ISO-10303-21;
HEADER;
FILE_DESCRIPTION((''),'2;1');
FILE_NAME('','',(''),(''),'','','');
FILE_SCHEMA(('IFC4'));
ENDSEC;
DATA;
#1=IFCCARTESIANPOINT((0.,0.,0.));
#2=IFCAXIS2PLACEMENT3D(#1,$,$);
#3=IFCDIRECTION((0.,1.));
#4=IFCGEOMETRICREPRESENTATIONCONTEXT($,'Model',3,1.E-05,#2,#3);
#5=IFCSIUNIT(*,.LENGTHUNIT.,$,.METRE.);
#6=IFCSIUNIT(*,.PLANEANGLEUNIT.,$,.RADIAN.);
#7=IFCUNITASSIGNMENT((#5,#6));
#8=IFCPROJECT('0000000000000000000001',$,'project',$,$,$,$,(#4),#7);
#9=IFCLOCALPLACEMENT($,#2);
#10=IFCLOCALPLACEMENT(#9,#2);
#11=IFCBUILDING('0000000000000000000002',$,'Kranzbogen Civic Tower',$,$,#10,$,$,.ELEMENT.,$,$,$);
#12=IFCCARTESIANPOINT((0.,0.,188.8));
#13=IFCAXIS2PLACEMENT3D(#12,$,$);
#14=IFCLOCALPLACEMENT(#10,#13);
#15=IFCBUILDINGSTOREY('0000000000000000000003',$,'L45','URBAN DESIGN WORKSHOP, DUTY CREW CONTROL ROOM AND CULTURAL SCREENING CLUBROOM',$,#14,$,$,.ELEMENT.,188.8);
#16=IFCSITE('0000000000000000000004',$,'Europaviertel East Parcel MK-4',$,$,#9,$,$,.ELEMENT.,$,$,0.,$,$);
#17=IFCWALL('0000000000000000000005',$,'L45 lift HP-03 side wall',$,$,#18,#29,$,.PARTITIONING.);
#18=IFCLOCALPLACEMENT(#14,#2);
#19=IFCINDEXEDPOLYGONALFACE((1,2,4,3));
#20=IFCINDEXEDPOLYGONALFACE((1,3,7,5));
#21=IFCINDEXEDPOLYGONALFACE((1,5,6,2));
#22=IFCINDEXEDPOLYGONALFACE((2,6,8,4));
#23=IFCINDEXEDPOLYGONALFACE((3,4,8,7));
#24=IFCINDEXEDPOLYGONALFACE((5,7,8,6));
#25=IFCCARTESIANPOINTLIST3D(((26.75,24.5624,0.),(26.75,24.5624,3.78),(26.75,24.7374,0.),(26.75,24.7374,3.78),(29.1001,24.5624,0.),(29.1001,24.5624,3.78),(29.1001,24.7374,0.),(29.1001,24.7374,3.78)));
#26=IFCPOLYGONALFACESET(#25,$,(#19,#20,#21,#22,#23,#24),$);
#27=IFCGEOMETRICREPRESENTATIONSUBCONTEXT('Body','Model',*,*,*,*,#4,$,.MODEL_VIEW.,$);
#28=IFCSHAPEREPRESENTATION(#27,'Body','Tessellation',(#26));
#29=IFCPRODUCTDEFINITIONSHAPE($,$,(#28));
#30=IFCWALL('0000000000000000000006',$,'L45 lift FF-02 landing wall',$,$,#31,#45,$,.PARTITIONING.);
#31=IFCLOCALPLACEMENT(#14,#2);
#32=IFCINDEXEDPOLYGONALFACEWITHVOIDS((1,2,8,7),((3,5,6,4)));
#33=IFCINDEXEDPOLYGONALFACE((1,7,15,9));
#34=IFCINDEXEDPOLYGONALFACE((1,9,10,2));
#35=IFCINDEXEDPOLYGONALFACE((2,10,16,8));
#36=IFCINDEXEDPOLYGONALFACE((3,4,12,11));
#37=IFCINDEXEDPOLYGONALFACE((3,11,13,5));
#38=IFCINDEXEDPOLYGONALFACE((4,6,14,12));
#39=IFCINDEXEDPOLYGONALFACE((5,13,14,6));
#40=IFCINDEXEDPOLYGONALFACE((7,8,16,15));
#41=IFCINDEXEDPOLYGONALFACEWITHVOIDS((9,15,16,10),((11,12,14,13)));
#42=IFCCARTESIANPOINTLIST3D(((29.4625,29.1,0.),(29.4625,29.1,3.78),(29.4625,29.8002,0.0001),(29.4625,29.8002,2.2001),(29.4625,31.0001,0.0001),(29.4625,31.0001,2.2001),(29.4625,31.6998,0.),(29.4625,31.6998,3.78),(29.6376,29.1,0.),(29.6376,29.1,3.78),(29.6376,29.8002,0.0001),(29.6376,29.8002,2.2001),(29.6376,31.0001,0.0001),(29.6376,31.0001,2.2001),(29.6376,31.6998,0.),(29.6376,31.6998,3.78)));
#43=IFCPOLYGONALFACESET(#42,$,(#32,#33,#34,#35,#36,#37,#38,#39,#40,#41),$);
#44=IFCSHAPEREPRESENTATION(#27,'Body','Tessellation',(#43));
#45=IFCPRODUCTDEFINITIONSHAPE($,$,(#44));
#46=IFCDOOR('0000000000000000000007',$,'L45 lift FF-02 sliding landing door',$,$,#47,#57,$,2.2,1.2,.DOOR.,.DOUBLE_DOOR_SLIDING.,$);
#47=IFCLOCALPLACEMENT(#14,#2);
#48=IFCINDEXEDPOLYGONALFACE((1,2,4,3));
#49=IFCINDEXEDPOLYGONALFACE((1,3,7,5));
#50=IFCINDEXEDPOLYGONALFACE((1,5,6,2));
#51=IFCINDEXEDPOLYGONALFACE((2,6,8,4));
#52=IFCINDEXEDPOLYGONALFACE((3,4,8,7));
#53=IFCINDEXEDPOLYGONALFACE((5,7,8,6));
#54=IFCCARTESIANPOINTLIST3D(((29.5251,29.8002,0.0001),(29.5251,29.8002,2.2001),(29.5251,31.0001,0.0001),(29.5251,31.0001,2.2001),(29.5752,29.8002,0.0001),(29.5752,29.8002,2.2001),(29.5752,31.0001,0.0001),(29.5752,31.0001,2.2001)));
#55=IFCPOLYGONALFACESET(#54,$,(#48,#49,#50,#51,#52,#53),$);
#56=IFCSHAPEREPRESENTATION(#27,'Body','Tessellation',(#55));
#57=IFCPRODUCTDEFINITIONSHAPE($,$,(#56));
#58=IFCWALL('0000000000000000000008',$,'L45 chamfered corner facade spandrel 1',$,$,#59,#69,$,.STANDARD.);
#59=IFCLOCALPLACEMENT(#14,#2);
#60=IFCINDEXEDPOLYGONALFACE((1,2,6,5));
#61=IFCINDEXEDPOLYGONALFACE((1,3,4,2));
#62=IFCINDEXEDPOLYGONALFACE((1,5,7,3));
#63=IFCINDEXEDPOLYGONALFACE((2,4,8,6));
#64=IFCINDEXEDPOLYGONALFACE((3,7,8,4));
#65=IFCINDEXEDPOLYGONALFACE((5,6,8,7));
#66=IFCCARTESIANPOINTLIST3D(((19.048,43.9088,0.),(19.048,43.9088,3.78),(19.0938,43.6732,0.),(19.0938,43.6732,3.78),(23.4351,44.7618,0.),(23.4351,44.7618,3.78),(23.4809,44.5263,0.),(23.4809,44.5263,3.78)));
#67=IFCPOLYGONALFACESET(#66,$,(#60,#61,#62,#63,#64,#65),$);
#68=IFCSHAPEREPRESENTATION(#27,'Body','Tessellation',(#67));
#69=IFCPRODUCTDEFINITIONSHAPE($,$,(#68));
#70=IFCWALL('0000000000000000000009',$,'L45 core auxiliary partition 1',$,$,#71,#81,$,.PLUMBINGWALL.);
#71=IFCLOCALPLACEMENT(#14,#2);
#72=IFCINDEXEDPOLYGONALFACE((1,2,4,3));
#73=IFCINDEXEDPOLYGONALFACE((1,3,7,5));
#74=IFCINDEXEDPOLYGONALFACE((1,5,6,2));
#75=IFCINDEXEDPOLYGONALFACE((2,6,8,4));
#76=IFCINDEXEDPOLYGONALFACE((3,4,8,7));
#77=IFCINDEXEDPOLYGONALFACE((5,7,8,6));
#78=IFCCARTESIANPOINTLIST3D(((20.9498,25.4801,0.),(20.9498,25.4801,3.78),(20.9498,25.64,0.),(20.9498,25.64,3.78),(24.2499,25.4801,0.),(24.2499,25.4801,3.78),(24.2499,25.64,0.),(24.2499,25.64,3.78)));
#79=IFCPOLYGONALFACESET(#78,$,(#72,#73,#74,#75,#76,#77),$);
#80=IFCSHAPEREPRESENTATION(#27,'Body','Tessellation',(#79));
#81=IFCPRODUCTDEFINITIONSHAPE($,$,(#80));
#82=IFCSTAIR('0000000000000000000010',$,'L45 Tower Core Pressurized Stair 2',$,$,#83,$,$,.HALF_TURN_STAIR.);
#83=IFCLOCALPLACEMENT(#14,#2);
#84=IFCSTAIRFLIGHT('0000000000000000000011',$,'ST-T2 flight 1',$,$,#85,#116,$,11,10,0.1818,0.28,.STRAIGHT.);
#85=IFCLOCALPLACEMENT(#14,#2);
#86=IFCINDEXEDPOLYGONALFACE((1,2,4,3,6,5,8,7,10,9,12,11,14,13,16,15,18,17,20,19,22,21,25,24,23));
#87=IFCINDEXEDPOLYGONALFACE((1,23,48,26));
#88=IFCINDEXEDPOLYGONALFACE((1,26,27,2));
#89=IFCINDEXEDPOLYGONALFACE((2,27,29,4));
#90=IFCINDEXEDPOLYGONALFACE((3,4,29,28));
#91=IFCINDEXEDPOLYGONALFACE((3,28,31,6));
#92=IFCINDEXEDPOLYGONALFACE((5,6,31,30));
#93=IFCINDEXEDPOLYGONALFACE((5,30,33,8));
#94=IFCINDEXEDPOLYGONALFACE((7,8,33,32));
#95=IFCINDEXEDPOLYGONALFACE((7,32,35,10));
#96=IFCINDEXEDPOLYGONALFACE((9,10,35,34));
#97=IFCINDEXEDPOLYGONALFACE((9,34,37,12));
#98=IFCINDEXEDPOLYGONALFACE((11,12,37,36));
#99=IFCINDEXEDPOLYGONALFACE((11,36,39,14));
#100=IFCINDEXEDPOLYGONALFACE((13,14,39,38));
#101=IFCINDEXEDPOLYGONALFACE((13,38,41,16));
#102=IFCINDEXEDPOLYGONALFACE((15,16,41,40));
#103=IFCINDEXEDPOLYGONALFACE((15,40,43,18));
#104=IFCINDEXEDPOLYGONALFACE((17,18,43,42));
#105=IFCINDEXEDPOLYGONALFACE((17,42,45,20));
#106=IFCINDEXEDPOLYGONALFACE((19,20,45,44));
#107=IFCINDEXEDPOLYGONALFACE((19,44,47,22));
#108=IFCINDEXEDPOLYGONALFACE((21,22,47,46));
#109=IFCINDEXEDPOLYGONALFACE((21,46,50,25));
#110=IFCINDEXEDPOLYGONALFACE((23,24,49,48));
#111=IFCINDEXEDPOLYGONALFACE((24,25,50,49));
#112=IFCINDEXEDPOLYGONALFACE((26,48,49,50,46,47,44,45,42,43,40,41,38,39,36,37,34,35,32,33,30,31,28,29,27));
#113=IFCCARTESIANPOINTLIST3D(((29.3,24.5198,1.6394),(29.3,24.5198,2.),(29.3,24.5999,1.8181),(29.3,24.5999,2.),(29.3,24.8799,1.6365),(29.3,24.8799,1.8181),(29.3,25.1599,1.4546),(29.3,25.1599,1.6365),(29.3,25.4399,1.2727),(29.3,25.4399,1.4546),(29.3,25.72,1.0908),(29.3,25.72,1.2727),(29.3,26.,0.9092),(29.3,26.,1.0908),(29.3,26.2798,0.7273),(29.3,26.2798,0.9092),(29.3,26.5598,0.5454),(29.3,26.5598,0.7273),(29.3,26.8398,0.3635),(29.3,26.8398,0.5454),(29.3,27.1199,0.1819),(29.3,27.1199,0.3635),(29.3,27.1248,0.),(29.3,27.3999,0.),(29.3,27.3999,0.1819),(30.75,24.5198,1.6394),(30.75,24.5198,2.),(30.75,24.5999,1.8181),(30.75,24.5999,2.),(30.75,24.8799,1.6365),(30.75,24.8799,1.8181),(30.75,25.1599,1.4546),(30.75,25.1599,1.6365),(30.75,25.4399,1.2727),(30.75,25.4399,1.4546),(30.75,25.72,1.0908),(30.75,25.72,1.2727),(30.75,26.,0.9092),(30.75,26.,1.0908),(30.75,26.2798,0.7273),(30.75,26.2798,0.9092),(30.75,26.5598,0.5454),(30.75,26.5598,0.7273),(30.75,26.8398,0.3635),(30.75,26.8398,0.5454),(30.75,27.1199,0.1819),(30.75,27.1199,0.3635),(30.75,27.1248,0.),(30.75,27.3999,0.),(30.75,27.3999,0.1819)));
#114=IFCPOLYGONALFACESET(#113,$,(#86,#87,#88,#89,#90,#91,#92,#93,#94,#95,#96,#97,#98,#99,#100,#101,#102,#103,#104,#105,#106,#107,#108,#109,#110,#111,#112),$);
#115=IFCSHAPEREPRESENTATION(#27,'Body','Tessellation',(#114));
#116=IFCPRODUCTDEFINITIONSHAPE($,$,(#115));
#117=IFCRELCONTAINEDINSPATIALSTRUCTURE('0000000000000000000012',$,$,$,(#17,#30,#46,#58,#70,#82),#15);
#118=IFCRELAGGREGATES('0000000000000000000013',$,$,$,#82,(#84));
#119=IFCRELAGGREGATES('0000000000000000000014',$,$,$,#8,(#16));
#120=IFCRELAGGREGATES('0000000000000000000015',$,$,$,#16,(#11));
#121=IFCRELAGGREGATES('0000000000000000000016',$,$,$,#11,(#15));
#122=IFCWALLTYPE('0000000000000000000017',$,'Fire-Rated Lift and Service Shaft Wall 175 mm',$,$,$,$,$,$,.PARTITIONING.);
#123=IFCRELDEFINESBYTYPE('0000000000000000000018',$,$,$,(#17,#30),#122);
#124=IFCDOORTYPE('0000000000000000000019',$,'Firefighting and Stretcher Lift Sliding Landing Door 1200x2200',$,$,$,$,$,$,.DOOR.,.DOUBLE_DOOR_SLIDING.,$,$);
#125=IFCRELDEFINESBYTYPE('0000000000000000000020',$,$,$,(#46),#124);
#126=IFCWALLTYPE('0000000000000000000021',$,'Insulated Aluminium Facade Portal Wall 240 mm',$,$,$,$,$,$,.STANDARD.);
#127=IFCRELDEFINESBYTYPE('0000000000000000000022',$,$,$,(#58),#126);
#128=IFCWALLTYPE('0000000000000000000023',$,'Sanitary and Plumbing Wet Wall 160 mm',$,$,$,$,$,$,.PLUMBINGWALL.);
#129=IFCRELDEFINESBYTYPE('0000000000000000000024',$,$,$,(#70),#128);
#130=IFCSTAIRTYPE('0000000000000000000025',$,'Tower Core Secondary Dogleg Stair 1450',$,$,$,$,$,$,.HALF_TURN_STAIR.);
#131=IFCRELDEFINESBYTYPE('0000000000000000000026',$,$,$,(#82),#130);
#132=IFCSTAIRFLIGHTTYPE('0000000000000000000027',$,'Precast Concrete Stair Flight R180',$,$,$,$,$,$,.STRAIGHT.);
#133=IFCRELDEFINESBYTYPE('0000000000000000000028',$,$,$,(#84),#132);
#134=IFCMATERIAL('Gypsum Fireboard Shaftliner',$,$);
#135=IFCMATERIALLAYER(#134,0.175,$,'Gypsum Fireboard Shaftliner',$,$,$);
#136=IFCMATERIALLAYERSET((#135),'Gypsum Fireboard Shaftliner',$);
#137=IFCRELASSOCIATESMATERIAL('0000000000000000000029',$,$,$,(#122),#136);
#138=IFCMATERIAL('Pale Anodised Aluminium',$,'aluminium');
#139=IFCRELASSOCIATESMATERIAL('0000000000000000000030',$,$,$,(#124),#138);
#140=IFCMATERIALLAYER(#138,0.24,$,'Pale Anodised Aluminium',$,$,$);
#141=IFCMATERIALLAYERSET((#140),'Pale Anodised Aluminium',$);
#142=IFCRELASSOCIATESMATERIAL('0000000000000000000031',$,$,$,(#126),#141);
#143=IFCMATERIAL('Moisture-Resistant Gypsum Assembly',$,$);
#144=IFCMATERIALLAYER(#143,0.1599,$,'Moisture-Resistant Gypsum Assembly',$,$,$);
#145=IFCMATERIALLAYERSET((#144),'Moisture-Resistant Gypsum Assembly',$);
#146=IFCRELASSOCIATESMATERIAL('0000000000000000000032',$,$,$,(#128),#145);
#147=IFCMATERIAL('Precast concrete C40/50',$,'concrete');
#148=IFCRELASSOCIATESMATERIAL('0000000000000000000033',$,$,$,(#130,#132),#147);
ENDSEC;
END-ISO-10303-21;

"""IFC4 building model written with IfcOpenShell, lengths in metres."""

from ifc_helpers import new_model, si_unit, direction, frame, frame_2d, origin, place, context, subcontext, project, spatial, polyline, rectangle, outline, extrude, material, layer, layer_set, type_object, element, fill, aggregate, save


model = new_model("IFC4")

# Units and contexts
model_context = context("Model", 3, precision=1e-05, world=origin(), true_north=direction((0.0, 1.0)))
body_context = subcontext(model_context, "Body", "Model", "MODEL_VIEW")
ifc_project = project(units=[si_unit("LENGTHUNIT", "METRE"), si_unit("PLANEANGLEUNIT", "RADIAN")], contexts=[model_context])

# Site, building, storey
site_placement = place(None, origin())
site = spatial("IfcSite", under=ifc_project, at=site_placement, Name="Europaviertel East Parcel MK-4", CompositionType="ELEMENT", RefElevation=0.0)
building_placement = place(site_placement, origin())
building = spatial("IfcBuilding", under=site, at=building_placement, Name="Kranzbogen Civic Tower", CompositionType="ELEMENT")
storey_placement = place(building_placement, frame((0.0, 0.0, 188.8)))
storey = spatial("IfcBuildingStorey", under=building, at=storey_placement, Name="L45", Description="URBAN DESIGN WORKSHOP, DUTY CREW CONTROL ROOM AND CULTURAL SCREENING CLUBROOM", CompositionType="ELEMENT", Elevation=188.8)

# Shared definitions
ifc_material_1 = material(Name="Pale Anodised Aluminium", Category="aluminium")

# Shared definitions
ifc_material_2 = material(Name="Gypsum Fireboard Shaftliner")
ifc_layer_1 = layer(ifc_material_2, 0.175, Name="Gypsum Fireboard Shaftliner")
ifc_layer_set_1 = layer_set([ifc_layer_1], Name="Gypsum Fireboard Shaftliner")
wall_type_1 = type_object("IfcWallType", Name="Fire-Rated Lift and Service Shaft Wall 175 mm", PredefinedType="PARTITIONING", material=ifc_layer_set_1)

# Wall
wall_1_placement = place(storey_placement, frame((26.75, 24.6499, 0.0), z_axis=(0.0, 0.0, 1.0), x_axis=(1.0, 0.0, 0.0)))
element("IfcWall", 1, at=wall_1_placement, inside=storey, type_object=wall_type_1, Name="L45 lift HP-03 side wall", PredefinedType="PARTITIONING", context=body_context, shape_type="SweptSolid", body=[
    extrude(rectangle(XDim=2.3501, YDim=0.175, at=frame_2d((1.175, 0.0))), origin(), (0.0, 0.0, 1.0), 3.78),
])

# Wall, opening, door
wall_2_placement = place(storey_placement, frame((29.55, 29.1001, 0.0), z_axis=(0.0, 0.0, 1.0), x_axis=(0.0, 1.0, 0.0)))
wall_2 = element("IfcWall", 2, at=wall_2_placement, inside=storey, type_object=wall_type_1, Name="L45 lift FF-02 landing wall", PredefinedType="PARTITIONING", context=body_context, shape_type="SweptSolid", body=[
    extrude(rectangle(XDim=2.5999, YDim=0.175, at=frame_2d((1.2998, 0.0))), origin(), (0.0, 0.0, 1.0), 3.78),
])
opening_1_placement = place(wall_2_placement, frame((0.7, 0.0, 0.0)))
opening_1 = element("IfcOpeningElement", 3, at=opening_1_placement, cuts=wall_2, PredefinedType="OPENING", context=body_context, shape_type="SweptSolid", body=[
    extrude(rectangle(XDim=1.2, YDim=2.2, at=frame_2d((0.6001, 1.1001))), frame((0.0, 0.0977, 0.0), z_axis=(0.0, -1.0, 0.0), x_axis=(1.0, 0.0, 0.0)), (0.0, 0.0, 1.0), 0.1951),
])
door_type_1 = type_object("IfcDoorType", Name="Firefighting and Stretcher Lift Sliding Landing Door 1200x2200", OperationType="DOUBLE_DOOR_SLIDING", PredefinedType="DOOR", material=ifc_material_1)
door_1_placement = place(opening_1_placement, origin())
door_1 = element("IfcDoor", 4, at=door_1_placement, inside=storey, type_object=door_type_1, Name="L45 lift FF-02 sliding landing door", OperationType="DOUBLE_DOOR_SLIDING", OverallHeight=2.2, OverallWidth=1.2, PredefinedType="DOOR", context=body_context, shape_type="SweptSolid", body=[
    extrude(rectangle(XDim=1.2, YDim=2.2, at=frame_2d((0.6001, 1.1001))), frame((0.0, 0.0249, 0.0), z_axis=(0.0, -1.0, 0.0), x_axis=(1.0, 0.0, 0.0)), (0.0, 0.0, 1.0), 0.05),
])
fill(opening_1, door_1)

# Walls
ifc_layer_2 = layer(ifc_material_1, 0.24, Name="Pale Anodised Aluminium")
ifc_layer_set_2 = layer_set([ifc_layer_2], Name="Pale Anodised Aluminium")
wall_type_2 = type_object("IfcWallType", Name="Insulated Aluminium Facade Portal Wall 240 mm", PredefinedType="STANDARD", material=ifc_layer_set_2)
wall_3_placement = place(storey_placement, frame((23.458, 44.644, 0.0), z_axis=(0.0, 0.0, 1.0), x_axis=(-0.981615, -0.190871, 0.0)))
element("IfcWall", 5, at=wall_3_placement, inside=storey, type_object=wall_type_2, Name="L45 chamfered corner facade spandrel 1", PredefinedType="STANDARD", context=body_context, shape_type="SweptSolid", body=[
    extrude(rectangle(XDim=4.4692, YDim=0.24, at=frame_2d((2.2346, 0.0))), origin(), (0.0, 0.0, 1.0), 3.78),
])
ifc_material_3 = material(Name="Moisture-Resistant Gypsum Assembly")
ifc_layer_3 = layer(ifc_material_3, 0.1599, Name="Moisture-Resistant Gypsum Assembly")
ifc_layer_set_3 = layer_set([ifc_layer_3], Name="Moisture-Resistant Gypsum Assembly")
wall_type_3 = type_object("IfcWallType", Name="Sanitary and Plumbing Wet Wall 160 mm", PredefinedType="PLUMBINGWALL", material=ifc_layer_set_3)
wall_4_placement = place(storey_placement, frame((20.95, 25.5601, 0.0), z_axis=(0.0, 0.0, 1.0), x_axis=(1.0, 0.0, 0.0)))
element("IfcWall", 6, at=wall_4_placement, inside=storey, type_object=wall_type_3, Name="L45 core auxiliary partition 1", PredefinedType="PLUMBINGWALL", context=body_context, shape_type="SweptSolid", body=[
    extrude(rectangle(XDim=3.3, YDim=0.1599, at=frame_2d((1.6499, 0.0))), origin(), (0.0, 0.0, 1.0), 3.78),
])

# Stair, stair flight
ifc_material_4 = material(Name="Precast concrete C40/50", Category="concrete")
stair_type = type_object("IfcStairType", Name="Tower Core Secondary Dogleg Stair 1450", PredefinedType="HALF_TURN_STAIR", material=ifc_material_4)
stair_placement = place(storey_placement, origin())
stair = element("IfcStair", 7, at=stair_placement, inside=storey, type_object=stair_type, Name="L45 Tower Core Pressurized Stair 2", PredefinedType="HALF_TURN_STAIR")
stair_flight_type = type_object("IfcStairFlightType", Name="Precast Concrete Stair Flight R180", PredefinedType="STRAIGHT", material=ifc_material_4)
stair_flight_placement = place(storey_placement, frame((30.0249, 27.3999, 0.0), z_axis=(0.0, 0.0, 1.0), x_axis=(0.0, -1.0, 0.0)))
stair_flight = element("IfcStairFlight", 8, at=stair_flight_placement, type_object=stair_flight_type, Name="ST-T2 flight 1", NumberOfRisers=11, NumberOfTreads=10, PredefinedType="STRAIGHT", RiserHeight=0.1818, TreadLength=0.28, context=body_context, shape_type="SweptSolid", body=[
    extrude(outline(polyline([(0.0, 0.0), (0.0, 0.1819), (0.28, 0.1819), (0.28, 0.3635), (0.5601, 0.3635), (0.5601, 0.5454), (0.8401, 0.5454), (0.8401, 0.7273), (1.1201, 0.7273), (1.1201, 0.9092), (1.3999, 0.9092), (1.3999, 1.0908), (1.6799, 1.0908), (1.6799, 1.2727), (1.96, 1.2727), (1.96, 1.4546), (2.24, 1.4546), (2.24, 1.6365), (2.52, 1.6365), (2.52, 1.8181), (2.8, 1.8181), (2.8, 2.0), (2.8801, 2.0), (2.8801, 1.6394), (0.2751, 0.0), (0.0, 0.0)])), frame((0.0, 0.7251, 0.0), z_axis=(0.0, -1.0, 0.0), x_axis=(1.0, 0.0, 0.0)), (0.0, 0.0, 1.0), 1.45),
])
aggregate(stair, [stair_flight])

save(model, "model.ifc")
